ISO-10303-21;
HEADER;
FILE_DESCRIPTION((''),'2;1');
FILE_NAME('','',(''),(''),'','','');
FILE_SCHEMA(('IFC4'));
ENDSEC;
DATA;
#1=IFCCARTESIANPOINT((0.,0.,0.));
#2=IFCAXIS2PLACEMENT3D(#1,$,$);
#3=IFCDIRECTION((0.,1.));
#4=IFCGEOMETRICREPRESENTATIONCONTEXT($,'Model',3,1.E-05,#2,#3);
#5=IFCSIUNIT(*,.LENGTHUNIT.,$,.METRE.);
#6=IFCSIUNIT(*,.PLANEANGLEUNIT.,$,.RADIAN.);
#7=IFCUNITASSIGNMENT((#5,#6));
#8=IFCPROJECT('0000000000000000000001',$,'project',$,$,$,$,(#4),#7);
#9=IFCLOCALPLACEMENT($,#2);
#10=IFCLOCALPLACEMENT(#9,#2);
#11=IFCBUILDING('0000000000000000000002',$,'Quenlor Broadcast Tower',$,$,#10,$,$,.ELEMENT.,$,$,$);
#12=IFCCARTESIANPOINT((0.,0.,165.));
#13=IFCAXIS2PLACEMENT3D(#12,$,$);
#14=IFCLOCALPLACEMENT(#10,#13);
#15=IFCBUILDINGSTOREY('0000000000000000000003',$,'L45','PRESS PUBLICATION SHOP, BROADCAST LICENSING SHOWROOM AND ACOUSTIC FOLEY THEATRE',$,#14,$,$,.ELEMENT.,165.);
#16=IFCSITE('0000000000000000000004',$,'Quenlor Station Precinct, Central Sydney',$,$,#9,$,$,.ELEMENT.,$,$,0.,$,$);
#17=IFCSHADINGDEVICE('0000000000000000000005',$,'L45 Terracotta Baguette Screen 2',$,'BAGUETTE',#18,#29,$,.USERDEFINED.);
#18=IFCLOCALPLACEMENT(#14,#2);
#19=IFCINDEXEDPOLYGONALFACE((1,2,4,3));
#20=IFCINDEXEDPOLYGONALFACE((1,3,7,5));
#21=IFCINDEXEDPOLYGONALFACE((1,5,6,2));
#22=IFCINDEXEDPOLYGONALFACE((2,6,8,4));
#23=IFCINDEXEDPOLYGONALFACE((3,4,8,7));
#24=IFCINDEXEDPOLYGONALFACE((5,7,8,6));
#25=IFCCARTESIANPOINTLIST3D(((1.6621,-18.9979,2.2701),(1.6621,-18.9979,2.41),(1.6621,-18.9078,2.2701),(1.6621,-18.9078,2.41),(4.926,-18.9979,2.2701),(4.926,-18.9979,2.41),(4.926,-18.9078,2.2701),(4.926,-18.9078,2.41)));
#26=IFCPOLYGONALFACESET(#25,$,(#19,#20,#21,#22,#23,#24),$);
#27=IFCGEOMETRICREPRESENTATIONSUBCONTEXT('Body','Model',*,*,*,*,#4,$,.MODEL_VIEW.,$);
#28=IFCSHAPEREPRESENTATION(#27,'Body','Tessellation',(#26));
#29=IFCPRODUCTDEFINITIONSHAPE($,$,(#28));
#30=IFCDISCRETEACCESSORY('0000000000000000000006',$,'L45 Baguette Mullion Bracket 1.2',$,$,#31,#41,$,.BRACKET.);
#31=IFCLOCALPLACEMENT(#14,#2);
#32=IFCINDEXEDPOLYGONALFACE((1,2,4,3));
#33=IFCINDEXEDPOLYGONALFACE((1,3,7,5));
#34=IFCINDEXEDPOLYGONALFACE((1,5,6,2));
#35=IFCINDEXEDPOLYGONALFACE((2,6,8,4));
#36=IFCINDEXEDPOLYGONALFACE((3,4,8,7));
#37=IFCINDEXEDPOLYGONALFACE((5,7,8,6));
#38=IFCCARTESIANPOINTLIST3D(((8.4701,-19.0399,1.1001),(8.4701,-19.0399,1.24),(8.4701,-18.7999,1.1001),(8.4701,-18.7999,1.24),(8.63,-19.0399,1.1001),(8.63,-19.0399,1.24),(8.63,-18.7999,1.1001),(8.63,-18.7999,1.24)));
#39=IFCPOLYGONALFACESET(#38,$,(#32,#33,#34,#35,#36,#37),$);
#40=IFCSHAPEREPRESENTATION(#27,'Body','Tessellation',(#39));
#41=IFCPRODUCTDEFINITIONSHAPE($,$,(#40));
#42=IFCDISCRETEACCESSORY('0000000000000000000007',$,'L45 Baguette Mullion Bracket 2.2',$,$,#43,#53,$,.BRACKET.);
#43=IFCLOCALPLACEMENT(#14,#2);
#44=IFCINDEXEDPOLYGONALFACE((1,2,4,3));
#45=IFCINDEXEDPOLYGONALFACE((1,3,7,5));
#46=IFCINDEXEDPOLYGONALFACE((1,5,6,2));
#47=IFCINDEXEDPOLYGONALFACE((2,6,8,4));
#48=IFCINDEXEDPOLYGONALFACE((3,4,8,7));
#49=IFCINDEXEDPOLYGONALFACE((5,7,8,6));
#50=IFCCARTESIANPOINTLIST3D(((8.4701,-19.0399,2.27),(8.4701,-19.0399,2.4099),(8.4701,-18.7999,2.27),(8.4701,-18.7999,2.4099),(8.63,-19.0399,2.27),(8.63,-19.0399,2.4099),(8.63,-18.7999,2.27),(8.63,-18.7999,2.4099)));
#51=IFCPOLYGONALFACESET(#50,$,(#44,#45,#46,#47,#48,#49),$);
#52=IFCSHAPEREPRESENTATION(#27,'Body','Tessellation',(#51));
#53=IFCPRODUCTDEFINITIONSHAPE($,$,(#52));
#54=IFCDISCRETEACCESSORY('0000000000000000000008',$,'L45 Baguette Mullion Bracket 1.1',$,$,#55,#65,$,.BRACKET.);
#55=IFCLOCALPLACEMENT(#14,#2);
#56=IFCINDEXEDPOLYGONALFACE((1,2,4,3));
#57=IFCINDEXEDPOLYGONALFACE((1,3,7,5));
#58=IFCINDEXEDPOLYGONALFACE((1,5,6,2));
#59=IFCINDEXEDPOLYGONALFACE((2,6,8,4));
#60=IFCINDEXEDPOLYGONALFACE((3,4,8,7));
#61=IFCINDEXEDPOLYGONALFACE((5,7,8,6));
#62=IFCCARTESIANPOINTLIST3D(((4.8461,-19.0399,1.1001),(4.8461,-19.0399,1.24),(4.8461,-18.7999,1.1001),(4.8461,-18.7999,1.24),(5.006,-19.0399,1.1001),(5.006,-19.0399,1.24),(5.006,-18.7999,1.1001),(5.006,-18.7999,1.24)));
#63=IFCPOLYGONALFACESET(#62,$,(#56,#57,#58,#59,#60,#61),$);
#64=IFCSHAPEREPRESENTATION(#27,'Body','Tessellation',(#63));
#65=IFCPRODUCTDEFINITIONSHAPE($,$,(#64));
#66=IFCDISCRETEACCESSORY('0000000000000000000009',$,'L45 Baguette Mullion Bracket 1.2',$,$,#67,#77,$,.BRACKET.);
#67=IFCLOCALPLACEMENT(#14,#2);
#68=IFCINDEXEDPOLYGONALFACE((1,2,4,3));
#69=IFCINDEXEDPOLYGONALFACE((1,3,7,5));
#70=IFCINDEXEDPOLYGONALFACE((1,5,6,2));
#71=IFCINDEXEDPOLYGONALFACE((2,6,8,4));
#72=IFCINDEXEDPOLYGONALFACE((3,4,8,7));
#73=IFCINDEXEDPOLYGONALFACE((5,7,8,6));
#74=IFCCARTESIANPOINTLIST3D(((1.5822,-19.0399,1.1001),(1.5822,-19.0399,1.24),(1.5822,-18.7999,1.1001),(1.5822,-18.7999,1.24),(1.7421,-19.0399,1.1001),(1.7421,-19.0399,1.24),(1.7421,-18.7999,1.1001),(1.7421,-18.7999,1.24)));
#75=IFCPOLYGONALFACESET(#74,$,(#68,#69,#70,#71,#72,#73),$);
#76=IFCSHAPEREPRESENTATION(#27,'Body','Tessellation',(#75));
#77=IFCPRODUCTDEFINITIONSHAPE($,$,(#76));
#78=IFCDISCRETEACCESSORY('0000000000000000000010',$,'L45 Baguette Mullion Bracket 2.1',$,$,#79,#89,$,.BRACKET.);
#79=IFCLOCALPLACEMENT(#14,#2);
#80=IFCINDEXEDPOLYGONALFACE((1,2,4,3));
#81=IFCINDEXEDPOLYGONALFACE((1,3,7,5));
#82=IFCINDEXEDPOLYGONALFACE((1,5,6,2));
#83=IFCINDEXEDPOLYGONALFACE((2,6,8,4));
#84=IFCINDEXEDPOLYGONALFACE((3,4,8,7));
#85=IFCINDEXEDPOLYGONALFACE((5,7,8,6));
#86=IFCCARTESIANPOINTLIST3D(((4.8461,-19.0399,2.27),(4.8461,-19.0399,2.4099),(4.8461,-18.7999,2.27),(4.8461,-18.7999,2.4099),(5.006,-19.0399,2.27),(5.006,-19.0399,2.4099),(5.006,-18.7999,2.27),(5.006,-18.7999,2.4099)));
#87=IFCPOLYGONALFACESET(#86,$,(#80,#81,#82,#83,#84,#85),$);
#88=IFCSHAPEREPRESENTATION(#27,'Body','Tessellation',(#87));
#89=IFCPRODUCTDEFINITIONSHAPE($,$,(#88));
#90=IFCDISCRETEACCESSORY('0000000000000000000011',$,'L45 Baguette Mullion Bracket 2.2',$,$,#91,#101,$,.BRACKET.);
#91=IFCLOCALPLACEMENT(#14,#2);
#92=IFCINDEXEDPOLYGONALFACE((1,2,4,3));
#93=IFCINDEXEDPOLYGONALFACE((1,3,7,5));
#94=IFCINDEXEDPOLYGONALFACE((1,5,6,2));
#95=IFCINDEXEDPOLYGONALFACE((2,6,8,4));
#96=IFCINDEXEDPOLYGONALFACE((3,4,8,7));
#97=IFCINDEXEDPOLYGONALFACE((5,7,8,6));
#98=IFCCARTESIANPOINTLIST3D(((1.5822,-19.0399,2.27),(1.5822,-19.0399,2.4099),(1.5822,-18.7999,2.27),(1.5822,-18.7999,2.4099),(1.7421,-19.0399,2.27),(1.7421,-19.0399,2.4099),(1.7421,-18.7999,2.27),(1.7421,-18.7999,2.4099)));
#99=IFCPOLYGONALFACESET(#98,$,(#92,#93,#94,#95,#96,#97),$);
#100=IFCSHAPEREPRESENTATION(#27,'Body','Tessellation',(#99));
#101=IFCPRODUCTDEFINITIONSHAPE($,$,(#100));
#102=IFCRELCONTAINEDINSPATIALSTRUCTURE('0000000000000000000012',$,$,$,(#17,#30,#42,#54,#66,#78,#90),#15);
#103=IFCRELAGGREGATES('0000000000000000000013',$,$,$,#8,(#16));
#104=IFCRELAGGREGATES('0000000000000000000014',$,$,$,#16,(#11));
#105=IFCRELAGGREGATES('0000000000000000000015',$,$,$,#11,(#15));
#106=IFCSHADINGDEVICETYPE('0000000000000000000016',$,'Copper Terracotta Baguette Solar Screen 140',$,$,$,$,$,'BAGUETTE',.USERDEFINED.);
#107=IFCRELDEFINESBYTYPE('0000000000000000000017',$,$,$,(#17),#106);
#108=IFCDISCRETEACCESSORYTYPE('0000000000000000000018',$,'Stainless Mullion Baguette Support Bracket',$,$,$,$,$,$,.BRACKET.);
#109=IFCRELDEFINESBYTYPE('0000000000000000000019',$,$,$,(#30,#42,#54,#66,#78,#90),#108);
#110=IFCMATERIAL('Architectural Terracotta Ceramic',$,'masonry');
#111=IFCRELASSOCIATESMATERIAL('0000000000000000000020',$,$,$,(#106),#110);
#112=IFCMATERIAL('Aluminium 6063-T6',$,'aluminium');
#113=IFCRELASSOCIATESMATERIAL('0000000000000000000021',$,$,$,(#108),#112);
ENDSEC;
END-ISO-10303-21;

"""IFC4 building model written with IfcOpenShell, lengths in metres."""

from ifc_helpers import new_model, si_unit, direction, frame, origin, origin_2d, place, context, subcontext, project, spatial, rectangle, extrude, material, material_profile, profile_set, type_object, element, save


model = new_model("IFC4")

# Units and contexts
model_context = context("Model", 3, precision=1e-05, world=origin(), true_north=direction((0.0, 1.0)))
body_context = subcontext(model_context, "Body", "Model", "MODEL_VIEW")
ifc_project = project(units=[si_unit("LENGTHUNIT", "METRE"), si_unit("PLANEANGLEUNIT", "RADIAN")], contexts=[model_context])

# Site, building, storey
site_placement = place(None, origin())
site = spatial("IfcSite", under=ifc_project, at=site_placement, Name="Quenlor Station Precinct, Central Sydney", CompositionType="ELEMENT", RefElevation=0.0)
building_placement = place(site_placement, origin())
building = spatial("IfcBuilding", under=site, at=building_placement, Name="Quenlor Broadcast Tower", CompositionType="ELEMENT")
storey_placement = place(building_placement, frame((0.0, 0.0, 165.0)))
storey = spatial("IfcBuildingStorey", under=building, at=storey_placement, Name="L45", Description="PRESS PUBLICATION SHOP, BROADCAST LICENSING SHOWROOM AND ACOUSTIC FOLEY THEATRE", CompositionType="ELEMENT", Elevation=165.0)

# Shading device
ifc_material_1 = material(Name="Architectural Terracotta Ceramic", Category="masonry")
ifc_material_profile_1 = material_profile(ifc_material_1, rectangle(XDim=0.0901, YDim=0.1399, at=origin_2d()))
ifc_profile_set_1 = profile_set([ifc_material_profile_1], Name="Architectural Terracotta Ceramic BAG90x140")
shading_device_type = type_object("IfcShadingDeviceType", Name="Copper Terracotta Baguette Solar Screen 140", ElementType="BAGUETTE", PredefinedType="USERDEFINED", material=ifc_profile_set_1)
for number, where, z_axis, x_axis, name in (
    (1, (4.926, -18.9529, 2.3401), (-1.0, 0.0, 0.0), (0.0, -1.0, 0.0), "L45 Terracotta Baguette Screen 2"),
):
    element("IfcShadingDevice", number, at=place(storey_placement, frame(where, z_axis=z_axis, x_axis=x_axis)), inside=storey, type_object=shading_device_type, Name=name, ObjectType="BAGUETTE", PredefinedType="USERDEFINED", context=body_context, shape_type="SweptSolid", body=[
        extrude(rectangle(XDim=0.0901, YDim=0.1399, at=origin_2d()), origin(), (0.0, 0.0, 1.0), 3.2639),
    ])

# Discrete accessories
ifc_material_2 = material(Name="Aluminium 6063-T6", Category="aluminium")
discrete_accessory_type = type_object("IfcDiscreteAccessoryType", Name="Stainless Mullion Baguette Support Bracket", PredefinedType="BRACKET", material=ifc_material_2)
for number, where, z_axis, x_axis, name in (
    (2, (8.55, -18.9199, 1.1001), (0.0, 0.0, 1.0), (-1.0, 0.0, 0.0), "L45 Baguette Mullion Bracket 1.2"),
    (3, (8.55, -18.9199, 2.27), (0.0, 0.0, 1.0), (-1.0, 0.0, 0.0), "L45 Baguette Mullion Bracket 2.2"),
    (4, (4.926, -18.9199, 1.1001), (0.0, 0.0, 1.0), (-1.0, 0.0, 0.0), "L45 Baguette Mullion Bracket 1.1"),
    (5, (1.6621, -18.9199, 1.1001), (0.0, 0.0, 1.0), (-1.0, 0.0, 0.0), "L45 Baguette Mullion Bracket 1.2"),
    (6, (4.926, -18.9199, 2.27), (0.0, 0.0, 1.0), (-1.0, 0.0, 0.0), "L45 Baguette Mullion Bracket 2.1"),
    (7, (1.6621, -18.9199, 2.27), (0.0, 0.0, 1.0), (-1.0, 0.0, 0.0), "L45 Baguette Mullion Bracket 2.2"),
):
    element("IfcDiscreteAccessory", number, at=place(storey_placement, frame(where, z_axis=z_axis, x_axis=x_axis)), inside=storey, type_object=discrete_accessory_type, Name=name, PredefinedType="BRACKET", context=body_context, shape_type="SweptSolid", body=[
        extrude(rectangle(XDim=0.1599, YDim=0.24, at=origin_2d()), origin(), (0.0, 0.0, 1.0), 0.1399),
    ])

save(model, "model.ifc")
